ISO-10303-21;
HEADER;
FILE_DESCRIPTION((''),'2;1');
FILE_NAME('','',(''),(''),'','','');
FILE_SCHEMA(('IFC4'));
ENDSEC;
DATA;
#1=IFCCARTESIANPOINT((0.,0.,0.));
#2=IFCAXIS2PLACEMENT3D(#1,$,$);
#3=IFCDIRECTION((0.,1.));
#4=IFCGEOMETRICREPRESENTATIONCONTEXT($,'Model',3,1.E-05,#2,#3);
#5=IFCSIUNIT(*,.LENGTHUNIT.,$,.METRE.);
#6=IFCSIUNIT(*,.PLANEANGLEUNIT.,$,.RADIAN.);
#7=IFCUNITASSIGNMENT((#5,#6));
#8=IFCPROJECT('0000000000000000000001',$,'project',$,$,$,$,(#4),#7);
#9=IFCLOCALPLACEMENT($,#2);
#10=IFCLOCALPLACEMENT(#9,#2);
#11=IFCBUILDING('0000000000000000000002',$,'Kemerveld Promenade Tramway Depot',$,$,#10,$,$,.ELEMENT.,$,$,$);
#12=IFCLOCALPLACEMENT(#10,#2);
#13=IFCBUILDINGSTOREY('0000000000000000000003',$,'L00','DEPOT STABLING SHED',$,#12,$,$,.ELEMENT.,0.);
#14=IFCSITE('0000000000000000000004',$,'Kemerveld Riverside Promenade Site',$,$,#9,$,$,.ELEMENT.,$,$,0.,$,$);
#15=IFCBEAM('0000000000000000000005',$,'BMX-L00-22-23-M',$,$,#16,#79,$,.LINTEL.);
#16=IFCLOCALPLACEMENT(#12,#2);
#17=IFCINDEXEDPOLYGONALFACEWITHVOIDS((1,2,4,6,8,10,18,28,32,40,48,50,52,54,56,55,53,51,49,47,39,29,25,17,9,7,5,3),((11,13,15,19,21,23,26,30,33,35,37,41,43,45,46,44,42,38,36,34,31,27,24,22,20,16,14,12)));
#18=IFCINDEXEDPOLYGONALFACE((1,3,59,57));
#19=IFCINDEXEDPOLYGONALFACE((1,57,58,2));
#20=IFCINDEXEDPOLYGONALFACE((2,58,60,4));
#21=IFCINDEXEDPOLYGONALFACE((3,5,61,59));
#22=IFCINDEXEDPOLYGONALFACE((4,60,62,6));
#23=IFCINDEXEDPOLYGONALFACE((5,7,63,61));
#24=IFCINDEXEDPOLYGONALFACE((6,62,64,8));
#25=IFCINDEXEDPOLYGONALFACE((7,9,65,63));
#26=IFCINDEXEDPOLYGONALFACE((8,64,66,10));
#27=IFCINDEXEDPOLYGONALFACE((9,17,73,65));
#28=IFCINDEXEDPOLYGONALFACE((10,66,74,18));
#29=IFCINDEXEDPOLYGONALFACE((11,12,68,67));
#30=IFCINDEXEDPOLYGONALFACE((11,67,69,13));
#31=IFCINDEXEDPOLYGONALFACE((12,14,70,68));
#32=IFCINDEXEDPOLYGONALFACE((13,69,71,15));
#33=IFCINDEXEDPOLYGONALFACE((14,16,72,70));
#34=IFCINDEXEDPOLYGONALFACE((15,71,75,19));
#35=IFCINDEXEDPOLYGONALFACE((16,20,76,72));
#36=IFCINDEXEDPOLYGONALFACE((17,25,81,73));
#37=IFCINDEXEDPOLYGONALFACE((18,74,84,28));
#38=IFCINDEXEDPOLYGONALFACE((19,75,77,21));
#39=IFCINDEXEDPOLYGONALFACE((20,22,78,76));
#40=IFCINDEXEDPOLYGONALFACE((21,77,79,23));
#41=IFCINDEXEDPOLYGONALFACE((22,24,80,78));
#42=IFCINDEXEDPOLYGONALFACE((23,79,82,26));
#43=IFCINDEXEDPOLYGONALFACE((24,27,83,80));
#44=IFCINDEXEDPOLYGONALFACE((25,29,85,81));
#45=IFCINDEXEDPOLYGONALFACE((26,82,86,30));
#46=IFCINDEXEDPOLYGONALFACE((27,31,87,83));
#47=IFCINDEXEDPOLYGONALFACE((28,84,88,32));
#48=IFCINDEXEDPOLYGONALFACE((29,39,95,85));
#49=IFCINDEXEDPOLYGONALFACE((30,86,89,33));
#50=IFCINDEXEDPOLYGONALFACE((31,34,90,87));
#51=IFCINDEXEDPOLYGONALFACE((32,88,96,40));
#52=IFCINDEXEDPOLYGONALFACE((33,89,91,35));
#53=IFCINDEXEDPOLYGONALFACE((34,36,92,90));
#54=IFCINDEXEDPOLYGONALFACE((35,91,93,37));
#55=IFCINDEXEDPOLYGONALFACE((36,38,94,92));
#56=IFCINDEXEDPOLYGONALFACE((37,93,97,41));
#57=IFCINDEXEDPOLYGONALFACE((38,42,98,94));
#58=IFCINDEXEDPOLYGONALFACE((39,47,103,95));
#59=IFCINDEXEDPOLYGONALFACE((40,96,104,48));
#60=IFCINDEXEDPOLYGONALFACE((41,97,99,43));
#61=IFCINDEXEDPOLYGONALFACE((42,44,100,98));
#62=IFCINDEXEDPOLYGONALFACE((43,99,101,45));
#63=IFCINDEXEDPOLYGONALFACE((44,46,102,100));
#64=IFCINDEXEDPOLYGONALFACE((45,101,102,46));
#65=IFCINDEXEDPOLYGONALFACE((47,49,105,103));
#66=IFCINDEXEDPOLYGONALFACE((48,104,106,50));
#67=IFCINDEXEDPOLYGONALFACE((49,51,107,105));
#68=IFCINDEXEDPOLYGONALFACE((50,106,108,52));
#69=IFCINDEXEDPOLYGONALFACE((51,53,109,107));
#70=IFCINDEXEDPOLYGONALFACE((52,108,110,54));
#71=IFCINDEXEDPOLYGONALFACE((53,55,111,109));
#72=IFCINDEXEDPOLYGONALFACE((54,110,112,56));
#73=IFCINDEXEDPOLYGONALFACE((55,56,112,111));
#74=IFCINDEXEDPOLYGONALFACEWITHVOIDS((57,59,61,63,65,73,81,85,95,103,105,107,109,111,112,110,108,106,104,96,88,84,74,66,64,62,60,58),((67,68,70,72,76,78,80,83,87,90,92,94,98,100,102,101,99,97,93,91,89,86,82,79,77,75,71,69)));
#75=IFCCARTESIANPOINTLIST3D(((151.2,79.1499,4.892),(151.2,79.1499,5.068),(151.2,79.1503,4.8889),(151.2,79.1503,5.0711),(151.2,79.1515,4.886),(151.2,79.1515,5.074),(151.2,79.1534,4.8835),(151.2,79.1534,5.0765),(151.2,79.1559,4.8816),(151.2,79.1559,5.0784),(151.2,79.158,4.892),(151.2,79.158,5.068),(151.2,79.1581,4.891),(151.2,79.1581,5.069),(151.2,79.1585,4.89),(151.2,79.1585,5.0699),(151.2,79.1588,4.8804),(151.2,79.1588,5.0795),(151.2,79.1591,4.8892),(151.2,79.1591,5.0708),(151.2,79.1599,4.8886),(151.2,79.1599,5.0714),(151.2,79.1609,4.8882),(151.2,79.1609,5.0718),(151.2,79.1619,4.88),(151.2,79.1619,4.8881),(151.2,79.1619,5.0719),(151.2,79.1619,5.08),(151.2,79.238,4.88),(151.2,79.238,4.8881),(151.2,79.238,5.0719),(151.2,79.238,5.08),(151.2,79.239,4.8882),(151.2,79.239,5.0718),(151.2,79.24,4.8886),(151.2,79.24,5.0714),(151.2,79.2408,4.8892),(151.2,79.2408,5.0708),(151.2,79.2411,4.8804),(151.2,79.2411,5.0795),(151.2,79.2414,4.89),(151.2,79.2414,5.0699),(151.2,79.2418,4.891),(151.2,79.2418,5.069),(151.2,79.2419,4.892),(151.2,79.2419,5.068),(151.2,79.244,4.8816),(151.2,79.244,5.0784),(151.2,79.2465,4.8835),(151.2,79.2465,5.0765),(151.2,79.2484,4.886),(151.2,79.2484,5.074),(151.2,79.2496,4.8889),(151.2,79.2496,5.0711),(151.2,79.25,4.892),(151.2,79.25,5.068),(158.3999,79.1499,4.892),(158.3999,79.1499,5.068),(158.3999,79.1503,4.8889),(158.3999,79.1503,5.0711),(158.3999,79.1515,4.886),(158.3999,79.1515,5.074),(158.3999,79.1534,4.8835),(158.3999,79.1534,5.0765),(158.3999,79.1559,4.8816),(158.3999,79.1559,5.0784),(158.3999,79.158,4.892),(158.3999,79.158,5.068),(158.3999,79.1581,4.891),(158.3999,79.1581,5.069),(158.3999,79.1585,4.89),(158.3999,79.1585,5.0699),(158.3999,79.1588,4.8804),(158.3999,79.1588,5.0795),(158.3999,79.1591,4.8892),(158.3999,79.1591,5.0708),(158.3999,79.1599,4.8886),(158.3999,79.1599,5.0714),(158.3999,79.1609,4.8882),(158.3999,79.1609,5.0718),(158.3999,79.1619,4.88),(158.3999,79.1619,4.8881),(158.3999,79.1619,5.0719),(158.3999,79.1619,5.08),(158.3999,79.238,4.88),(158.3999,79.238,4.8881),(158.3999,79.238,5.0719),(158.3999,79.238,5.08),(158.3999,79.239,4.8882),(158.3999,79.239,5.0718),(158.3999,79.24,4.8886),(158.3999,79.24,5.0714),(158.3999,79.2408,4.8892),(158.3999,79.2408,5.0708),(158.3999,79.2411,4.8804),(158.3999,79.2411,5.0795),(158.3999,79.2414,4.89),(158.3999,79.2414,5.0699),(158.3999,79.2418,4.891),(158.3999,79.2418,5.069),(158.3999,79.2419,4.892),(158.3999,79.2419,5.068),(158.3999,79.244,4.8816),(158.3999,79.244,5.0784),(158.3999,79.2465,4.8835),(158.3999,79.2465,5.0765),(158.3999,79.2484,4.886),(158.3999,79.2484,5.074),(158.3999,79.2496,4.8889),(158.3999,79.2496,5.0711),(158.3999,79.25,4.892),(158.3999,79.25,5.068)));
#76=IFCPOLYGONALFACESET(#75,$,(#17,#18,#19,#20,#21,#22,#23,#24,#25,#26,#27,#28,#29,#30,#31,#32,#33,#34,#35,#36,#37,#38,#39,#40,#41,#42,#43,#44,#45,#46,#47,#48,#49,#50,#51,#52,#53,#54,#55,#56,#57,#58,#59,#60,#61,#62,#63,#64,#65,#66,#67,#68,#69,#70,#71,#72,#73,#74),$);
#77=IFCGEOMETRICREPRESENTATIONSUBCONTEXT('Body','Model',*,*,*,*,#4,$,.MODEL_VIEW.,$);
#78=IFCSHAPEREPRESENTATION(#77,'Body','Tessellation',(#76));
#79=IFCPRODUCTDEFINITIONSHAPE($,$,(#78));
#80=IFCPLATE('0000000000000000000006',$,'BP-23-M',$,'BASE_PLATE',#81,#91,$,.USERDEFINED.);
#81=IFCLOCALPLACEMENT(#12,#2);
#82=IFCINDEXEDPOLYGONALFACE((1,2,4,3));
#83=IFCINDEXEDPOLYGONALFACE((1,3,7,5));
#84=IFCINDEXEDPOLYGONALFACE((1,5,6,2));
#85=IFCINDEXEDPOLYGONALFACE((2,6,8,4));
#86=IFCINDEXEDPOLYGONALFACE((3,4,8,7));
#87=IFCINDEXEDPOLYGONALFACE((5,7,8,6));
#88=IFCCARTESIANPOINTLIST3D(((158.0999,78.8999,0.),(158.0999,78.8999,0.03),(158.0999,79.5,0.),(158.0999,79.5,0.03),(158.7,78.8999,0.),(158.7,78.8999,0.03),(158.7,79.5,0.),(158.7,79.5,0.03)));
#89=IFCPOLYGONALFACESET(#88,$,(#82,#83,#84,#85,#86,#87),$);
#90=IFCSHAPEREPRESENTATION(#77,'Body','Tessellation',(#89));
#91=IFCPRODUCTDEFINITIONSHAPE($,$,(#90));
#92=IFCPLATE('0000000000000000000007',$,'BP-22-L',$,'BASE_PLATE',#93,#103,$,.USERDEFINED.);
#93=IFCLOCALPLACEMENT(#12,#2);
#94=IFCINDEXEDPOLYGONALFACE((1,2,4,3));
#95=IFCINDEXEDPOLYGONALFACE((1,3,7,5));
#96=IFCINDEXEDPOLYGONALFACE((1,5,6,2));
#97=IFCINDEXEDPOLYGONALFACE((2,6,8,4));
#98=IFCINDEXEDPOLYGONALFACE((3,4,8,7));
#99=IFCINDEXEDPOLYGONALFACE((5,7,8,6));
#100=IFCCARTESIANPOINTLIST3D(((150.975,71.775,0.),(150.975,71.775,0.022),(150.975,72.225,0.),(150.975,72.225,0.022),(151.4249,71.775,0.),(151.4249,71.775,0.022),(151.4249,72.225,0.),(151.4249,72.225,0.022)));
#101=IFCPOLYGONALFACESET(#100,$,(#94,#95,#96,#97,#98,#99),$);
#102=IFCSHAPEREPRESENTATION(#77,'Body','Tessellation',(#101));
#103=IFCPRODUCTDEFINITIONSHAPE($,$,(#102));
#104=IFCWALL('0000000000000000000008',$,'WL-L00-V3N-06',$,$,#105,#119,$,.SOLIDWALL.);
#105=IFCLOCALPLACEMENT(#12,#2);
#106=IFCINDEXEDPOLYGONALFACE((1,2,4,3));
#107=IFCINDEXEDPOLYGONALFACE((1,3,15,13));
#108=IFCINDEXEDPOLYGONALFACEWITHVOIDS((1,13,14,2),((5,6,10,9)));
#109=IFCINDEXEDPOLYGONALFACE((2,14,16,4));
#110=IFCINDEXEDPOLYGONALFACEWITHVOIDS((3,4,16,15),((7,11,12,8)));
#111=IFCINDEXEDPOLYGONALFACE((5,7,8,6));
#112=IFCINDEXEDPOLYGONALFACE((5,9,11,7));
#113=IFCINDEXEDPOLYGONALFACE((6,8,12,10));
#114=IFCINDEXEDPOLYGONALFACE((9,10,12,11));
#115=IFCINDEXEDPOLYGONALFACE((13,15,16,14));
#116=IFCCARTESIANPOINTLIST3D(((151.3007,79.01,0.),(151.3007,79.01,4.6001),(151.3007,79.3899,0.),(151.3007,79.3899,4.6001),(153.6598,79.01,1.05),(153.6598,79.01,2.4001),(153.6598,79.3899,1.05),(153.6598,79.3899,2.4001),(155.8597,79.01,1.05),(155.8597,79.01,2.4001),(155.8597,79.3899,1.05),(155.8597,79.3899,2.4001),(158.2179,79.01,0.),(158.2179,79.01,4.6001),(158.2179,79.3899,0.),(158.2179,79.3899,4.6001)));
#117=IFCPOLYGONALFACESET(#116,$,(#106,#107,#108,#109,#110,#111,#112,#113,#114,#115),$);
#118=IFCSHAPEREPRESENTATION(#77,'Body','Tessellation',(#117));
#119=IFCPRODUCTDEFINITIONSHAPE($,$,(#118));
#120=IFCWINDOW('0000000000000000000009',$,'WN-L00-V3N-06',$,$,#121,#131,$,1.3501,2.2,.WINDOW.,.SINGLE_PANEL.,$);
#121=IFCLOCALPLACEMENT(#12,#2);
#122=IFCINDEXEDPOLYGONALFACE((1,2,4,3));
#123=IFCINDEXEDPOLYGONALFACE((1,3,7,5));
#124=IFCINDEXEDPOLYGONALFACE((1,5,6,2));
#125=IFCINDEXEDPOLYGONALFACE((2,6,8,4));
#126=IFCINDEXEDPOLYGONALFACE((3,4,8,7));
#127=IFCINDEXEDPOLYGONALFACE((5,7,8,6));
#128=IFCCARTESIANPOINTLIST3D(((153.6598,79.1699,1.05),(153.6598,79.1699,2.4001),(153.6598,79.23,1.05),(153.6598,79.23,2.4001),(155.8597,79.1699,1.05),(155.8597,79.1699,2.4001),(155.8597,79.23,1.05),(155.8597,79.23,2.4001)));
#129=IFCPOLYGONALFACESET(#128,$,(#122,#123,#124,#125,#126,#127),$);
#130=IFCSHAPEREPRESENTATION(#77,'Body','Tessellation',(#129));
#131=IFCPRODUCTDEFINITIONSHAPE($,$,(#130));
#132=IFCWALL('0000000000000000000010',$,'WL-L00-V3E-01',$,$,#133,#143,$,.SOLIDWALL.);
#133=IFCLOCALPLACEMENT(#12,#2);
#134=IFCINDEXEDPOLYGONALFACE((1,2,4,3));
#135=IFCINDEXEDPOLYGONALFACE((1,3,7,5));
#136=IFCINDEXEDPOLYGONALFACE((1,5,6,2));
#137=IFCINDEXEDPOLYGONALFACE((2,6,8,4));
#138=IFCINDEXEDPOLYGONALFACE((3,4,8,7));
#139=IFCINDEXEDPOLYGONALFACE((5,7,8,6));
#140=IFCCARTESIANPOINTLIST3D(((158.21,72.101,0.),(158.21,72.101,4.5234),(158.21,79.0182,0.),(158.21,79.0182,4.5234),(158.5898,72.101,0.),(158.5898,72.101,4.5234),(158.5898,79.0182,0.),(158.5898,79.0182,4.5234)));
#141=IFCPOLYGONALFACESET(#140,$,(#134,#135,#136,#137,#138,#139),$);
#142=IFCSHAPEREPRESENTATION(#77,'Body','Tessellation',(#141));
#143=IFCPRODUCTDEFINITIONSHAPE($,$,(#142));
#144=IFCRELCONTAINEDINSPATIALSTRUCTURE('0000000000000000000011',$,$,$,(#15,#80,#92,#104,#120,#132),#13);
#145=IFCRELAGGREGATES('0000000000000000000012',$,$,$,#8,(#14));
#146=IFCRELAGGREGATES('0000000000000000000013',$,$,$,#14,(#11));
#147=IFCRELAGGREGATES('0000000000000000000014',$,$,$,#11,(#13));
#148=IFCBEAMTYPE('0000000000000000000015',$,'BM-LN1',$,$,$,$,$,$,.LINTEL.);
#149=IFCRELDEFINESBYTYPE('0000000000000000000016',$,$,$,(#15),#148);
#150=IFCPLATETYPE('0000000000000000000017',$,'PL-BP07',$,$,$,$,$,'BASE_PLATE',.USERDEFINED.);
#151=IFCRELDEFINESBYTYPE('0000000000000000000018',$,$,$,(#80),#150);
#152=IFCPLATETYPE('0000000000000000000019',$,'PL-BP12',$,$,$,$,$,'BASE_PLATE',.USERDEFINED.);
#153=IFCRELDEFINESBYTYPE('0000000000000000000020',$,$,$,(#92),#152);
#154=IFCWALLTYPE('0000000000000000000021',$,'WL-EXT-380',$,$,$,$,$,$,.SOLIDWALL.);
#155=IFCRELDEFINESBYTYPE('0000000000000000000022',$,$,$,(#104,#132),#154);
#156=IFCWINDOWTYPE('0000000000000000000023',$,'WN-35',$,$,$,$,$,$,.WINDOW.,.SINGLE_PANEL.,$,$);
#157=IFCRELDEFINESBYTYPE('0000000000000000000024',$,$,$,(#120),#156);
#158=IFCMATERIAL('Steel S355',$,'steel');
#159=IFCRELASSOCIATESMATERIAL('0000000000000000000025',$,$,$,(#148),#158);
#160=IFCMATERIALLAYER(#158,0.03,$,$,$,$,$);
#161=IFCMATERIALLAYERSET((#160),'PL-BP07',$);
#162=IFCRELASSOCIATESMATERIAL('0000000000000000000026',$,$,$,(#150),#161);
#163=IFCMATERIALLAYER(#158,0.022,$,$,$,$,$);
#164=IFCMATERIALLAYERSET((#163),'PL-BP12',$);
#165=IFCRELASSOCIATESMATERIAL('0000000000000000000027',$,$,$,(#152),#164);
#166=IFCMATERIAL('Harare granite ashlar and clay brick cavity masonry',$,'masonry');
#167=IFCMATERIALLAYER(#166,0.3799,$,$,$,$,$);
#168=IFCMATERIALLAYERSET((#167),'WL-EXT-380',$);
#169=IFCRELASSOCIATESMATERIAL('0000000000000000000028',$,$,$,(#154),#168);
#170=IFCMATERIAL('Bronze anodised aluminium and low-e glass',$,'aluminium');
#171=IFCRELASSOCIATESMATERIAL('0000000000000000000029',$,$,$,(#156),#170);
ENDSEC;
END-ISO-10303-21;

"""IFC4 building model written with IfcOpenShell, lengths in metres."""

from ifc_helpers import new_model, si_unit, direction, frame, frame_2d, origin, origin_2d, place, context, subcontext, project, spatial, rectangle, hollow_rectangle, extrude, material, layer, layer_set, material_profile, profile_set, type_object, element, fill, save


model = new_model("IFC4")

# Units and contexts
model_context = context("Model", 3, precision=1e-05, world=origin(), true_north=direction((0.0, 1.0)))
body_context = subcontext(model_context, "Body", "Model", "MODEL_VIEW")
ifc_project = project(units=[si_unit("LENGTHUNIT", "METRE"), si_unit("PLANEANGLEUNIT", "RADIAN")], contexts=[model_context])

# Site, building, storey
site_placement = place(None, origin())
site = spatial("IfcSite", under=ifc_project, at=site_placement, Name="Kemerveld Riverside Promenade Site", CompositionType="ELEMENT", RefElevation=0.0)
building_placement = place(site_placement, origin())
building = spatial("IfcBuilding", under=site, at=building_placement, Name="Kemerveld Promenade Tramway Depot", CompositionType="ELEMENT")
storey_placement = place(building_placement, origin())
storey = spatial("IfcBuildingStorey", under=building, at=storey_placement, Name="L00", Description="DEPOT STABLING SHED", CompositionType="ELEMENT", Elevation=0.0)

# Shared definitions
ifc_material_1 = material(Name="Steel S355", Category="steel")

# Beam
ifc_material_profile_1 = material_profile(ifc_material_1, hollow_rectangle(XDim=0.1001, YDim=0.2, WallThickness=0.0081, InnerFilletRadius=0.0039, OuterFilletRadius=0.012, at=origin_2d()), Name="200x100x8.0 RHS")
ifc_profile_set_1 = profile_set([ifc_material_profile_1], Name="Steel S355")
beam_type_1 = type_object("IfcBeamType", Name="BM-LN1", PredefinedType="LINTEL", material=ifc_profile_set_1)
beam_1_placement = place(storey_placement, frame((151.2, 79.2, 4.98), z_axis=(1.0, 0.0, 0.0), x_axis=(0.0, 1.0, 0.0)))
element("IfcBeam", 1, at=beam_1_placement, inside=storey, type_object=beam_type_1, Name="BMX-L00-22-23-M", PredefinedType="LINTEL", context=body_context, shape_type="SweptSolid", body=[
    extrude(hollow_rectangle(XDim=0.1001, YDim=0.2, WallThickness=0.0081, InnerFilletRadius=0.0039, OuterFilletRadius=0.012, at=origin_2d()), origin(), (0.0, 0.0, 1.0), 7.2),
])

# Plates
ifc_layer_1 = layer(ifc_material_1, 0.03)
ifc_layer_set_1 = layer_set([ifc_layer_1], Name="PL-BP07")
plate_type_1 = type_object("IfcPlateType", Name="PL-BP07", ElementType="BASE_PLATE", PredefinedType="USERDEFINED", material=ifc_layer_set_1)
plate_1_placement = place(storey_placement, frame((158.3999, 79.2, 0.0), z_axis=(0.0, 0.0, 1.0), x_axis=(1.0, 0.0, 0.0)))
element("IfcPlate", 2, at=plate_1_placement, inside=storey, type_object=plate_type_1, Name="BP-23-M", ObjectType="BASE_PLATE", PredefinedType="USERDEFINED", context=body_context, shape_type="SweptSolid", body=[
    extrude(rectangle(XDim=0.6001, YDim=0.6001, at=origin_2d()), origin(), (0.0, 0.0, 1.0), 0.03),
])
ifc_layer_2 = layer(ifc_material_1, 0.022)
ifc_layer_set_2 = layer_set([ifc_layer_2], Name="PL-BP12")
plate_type_2 = type_object("IfcPlateType", Name="PL-BP12", ElementType="BASE_PLATE", PredefinedType="USERDEFINED", material=ifc_layer_set_2)
plate_2_placement = place(storey_placement, frame((151.2, 72.0, 0.0), z_axis=(0.0, 0.0, 1.0), x_axis=(1.0, 0.0, 0.0)))
element("IfcPlate", 3, at=plate_2_placement, inside=storey, type_object=plate_type_2, Name="BP-22-L", ObjectType="BASE_PLATE", PredefinedType="USERDEFINED", context=body_context, shape_type="SweptSolid", body=[
    extrude(rectangle(XDim=0.45, YDim=0.45, at=origin_2d()), origin(), (0.0, 0.0, 1.0), 0.022),
])

# Wall, opening, window
ifc_material_2 = material(Name="Harare granite ashlar and clay brick cavity masonry", Category="masonry")
ifc_layer_3 = layer(ifc_material_2, 0.3799)
ifc_layer_set_3 = layer_set([ifc_layer_3], Name="WL-EXT-380")
wall_type = type_object("IfcWallType", Name="WL-EXT-380", PredefinedType="SOLIDWALL", material=ifc_layer_set_3)
wall_1_placement = place(storey_placement, frame((151.3008, 79.2, 0.0), z_axis=(0.0, 0.0, 1.0), x_axis=(1.0, 0.0, 0.0)))
wall_1 = element("IfcWall", 4, at=wall_1_placement, inside=storey, type_object=wall_type, Name="WL-L00-V3N-06", PredefinedType="SOLIDWALL", context=body_context, shape_type="SweptSolid", body=[
    extrude(rectangle(XDim=6.9172, YDim=0.3799, at=frame_2d((3.4585, 0.0))), origin(), (0.0, 0.0, 1.0), 4.6001),
])
opening_placement = place(wall_1_placement, frame((2.3589, 0.0, 1.05)))
opening = element("IfcOpeningElement", 5, at=opening_placement, cuts=wall_1, PredefinedType="OPENING", context=body_context, shape_type="SweptSolid", body=[
    extrude(rectangle(XDim=2.2, YDim=1.3501, at=frame_2d((1.1001, 0.675))), frame((0.0, 0.2, 0.0), z_axis=(0.0, -1.0, 0.0), x_axis=(1.0, 0.0, 0.0)), (0.0, 0.0, 1.0), 0.3999),
])
ifc_material_3 = material(Name="Bronze anodised aluminium and low-e glass", Category="aluminium")
window_type = type_object("IfcWindowType", Name="WN-35", PartitioningType="SINGLE_PANEL", PredefinedType="WINDOW", material=ifc_material_3)
window_placement = place(opening_placement, origin())
window = element("IfcWindow", 6, at=window_placement, inside=storey, type_object=window_type, Name="WN-L00-V3N-06", OverallHeight=1.3501, OverallWidth=2.2, PartitioningType="SINGLE_PANEL", PredefinedType="WINDOW", context=body_context, shape_type="SweptSolid", body=[
    extrude(rectangle(XDim=2.2, YDim=1.3501, at=frame_2d((1.1001, 0.675))), frame((0.0, 0.03, 0.0), z_axis=(0.0, -1.0, 0.0), x_axis=(1.0, 0.0, 0.0)), (0.0, 0.0, 1.0), 0.0601),
])
fill(opening, window)

# Wall
wall_2_placement = place(storey_placement, frame((158.3999, 79.0181, 0.0), z_axis=(0.0, 0.0, 1.0), x_axis=(0.0, -1.0, 0.0)))
element("IfcWall", 7, at=wall_2_placement, inside=storey, type_object=wall_type, Name="WL-L00-V3E-01", PredefinedType="SOLIDWALL", context=body_context, shape_type="SweptSolid", body=[
    extrude(rectangle(XDim=6.9172, YDim=0.3799, at=frame_2d((3.4585, 0.0))), origin(), (0.0, 0.0, 1.0), 4.5234),
])

save(model, "model.ifc")
